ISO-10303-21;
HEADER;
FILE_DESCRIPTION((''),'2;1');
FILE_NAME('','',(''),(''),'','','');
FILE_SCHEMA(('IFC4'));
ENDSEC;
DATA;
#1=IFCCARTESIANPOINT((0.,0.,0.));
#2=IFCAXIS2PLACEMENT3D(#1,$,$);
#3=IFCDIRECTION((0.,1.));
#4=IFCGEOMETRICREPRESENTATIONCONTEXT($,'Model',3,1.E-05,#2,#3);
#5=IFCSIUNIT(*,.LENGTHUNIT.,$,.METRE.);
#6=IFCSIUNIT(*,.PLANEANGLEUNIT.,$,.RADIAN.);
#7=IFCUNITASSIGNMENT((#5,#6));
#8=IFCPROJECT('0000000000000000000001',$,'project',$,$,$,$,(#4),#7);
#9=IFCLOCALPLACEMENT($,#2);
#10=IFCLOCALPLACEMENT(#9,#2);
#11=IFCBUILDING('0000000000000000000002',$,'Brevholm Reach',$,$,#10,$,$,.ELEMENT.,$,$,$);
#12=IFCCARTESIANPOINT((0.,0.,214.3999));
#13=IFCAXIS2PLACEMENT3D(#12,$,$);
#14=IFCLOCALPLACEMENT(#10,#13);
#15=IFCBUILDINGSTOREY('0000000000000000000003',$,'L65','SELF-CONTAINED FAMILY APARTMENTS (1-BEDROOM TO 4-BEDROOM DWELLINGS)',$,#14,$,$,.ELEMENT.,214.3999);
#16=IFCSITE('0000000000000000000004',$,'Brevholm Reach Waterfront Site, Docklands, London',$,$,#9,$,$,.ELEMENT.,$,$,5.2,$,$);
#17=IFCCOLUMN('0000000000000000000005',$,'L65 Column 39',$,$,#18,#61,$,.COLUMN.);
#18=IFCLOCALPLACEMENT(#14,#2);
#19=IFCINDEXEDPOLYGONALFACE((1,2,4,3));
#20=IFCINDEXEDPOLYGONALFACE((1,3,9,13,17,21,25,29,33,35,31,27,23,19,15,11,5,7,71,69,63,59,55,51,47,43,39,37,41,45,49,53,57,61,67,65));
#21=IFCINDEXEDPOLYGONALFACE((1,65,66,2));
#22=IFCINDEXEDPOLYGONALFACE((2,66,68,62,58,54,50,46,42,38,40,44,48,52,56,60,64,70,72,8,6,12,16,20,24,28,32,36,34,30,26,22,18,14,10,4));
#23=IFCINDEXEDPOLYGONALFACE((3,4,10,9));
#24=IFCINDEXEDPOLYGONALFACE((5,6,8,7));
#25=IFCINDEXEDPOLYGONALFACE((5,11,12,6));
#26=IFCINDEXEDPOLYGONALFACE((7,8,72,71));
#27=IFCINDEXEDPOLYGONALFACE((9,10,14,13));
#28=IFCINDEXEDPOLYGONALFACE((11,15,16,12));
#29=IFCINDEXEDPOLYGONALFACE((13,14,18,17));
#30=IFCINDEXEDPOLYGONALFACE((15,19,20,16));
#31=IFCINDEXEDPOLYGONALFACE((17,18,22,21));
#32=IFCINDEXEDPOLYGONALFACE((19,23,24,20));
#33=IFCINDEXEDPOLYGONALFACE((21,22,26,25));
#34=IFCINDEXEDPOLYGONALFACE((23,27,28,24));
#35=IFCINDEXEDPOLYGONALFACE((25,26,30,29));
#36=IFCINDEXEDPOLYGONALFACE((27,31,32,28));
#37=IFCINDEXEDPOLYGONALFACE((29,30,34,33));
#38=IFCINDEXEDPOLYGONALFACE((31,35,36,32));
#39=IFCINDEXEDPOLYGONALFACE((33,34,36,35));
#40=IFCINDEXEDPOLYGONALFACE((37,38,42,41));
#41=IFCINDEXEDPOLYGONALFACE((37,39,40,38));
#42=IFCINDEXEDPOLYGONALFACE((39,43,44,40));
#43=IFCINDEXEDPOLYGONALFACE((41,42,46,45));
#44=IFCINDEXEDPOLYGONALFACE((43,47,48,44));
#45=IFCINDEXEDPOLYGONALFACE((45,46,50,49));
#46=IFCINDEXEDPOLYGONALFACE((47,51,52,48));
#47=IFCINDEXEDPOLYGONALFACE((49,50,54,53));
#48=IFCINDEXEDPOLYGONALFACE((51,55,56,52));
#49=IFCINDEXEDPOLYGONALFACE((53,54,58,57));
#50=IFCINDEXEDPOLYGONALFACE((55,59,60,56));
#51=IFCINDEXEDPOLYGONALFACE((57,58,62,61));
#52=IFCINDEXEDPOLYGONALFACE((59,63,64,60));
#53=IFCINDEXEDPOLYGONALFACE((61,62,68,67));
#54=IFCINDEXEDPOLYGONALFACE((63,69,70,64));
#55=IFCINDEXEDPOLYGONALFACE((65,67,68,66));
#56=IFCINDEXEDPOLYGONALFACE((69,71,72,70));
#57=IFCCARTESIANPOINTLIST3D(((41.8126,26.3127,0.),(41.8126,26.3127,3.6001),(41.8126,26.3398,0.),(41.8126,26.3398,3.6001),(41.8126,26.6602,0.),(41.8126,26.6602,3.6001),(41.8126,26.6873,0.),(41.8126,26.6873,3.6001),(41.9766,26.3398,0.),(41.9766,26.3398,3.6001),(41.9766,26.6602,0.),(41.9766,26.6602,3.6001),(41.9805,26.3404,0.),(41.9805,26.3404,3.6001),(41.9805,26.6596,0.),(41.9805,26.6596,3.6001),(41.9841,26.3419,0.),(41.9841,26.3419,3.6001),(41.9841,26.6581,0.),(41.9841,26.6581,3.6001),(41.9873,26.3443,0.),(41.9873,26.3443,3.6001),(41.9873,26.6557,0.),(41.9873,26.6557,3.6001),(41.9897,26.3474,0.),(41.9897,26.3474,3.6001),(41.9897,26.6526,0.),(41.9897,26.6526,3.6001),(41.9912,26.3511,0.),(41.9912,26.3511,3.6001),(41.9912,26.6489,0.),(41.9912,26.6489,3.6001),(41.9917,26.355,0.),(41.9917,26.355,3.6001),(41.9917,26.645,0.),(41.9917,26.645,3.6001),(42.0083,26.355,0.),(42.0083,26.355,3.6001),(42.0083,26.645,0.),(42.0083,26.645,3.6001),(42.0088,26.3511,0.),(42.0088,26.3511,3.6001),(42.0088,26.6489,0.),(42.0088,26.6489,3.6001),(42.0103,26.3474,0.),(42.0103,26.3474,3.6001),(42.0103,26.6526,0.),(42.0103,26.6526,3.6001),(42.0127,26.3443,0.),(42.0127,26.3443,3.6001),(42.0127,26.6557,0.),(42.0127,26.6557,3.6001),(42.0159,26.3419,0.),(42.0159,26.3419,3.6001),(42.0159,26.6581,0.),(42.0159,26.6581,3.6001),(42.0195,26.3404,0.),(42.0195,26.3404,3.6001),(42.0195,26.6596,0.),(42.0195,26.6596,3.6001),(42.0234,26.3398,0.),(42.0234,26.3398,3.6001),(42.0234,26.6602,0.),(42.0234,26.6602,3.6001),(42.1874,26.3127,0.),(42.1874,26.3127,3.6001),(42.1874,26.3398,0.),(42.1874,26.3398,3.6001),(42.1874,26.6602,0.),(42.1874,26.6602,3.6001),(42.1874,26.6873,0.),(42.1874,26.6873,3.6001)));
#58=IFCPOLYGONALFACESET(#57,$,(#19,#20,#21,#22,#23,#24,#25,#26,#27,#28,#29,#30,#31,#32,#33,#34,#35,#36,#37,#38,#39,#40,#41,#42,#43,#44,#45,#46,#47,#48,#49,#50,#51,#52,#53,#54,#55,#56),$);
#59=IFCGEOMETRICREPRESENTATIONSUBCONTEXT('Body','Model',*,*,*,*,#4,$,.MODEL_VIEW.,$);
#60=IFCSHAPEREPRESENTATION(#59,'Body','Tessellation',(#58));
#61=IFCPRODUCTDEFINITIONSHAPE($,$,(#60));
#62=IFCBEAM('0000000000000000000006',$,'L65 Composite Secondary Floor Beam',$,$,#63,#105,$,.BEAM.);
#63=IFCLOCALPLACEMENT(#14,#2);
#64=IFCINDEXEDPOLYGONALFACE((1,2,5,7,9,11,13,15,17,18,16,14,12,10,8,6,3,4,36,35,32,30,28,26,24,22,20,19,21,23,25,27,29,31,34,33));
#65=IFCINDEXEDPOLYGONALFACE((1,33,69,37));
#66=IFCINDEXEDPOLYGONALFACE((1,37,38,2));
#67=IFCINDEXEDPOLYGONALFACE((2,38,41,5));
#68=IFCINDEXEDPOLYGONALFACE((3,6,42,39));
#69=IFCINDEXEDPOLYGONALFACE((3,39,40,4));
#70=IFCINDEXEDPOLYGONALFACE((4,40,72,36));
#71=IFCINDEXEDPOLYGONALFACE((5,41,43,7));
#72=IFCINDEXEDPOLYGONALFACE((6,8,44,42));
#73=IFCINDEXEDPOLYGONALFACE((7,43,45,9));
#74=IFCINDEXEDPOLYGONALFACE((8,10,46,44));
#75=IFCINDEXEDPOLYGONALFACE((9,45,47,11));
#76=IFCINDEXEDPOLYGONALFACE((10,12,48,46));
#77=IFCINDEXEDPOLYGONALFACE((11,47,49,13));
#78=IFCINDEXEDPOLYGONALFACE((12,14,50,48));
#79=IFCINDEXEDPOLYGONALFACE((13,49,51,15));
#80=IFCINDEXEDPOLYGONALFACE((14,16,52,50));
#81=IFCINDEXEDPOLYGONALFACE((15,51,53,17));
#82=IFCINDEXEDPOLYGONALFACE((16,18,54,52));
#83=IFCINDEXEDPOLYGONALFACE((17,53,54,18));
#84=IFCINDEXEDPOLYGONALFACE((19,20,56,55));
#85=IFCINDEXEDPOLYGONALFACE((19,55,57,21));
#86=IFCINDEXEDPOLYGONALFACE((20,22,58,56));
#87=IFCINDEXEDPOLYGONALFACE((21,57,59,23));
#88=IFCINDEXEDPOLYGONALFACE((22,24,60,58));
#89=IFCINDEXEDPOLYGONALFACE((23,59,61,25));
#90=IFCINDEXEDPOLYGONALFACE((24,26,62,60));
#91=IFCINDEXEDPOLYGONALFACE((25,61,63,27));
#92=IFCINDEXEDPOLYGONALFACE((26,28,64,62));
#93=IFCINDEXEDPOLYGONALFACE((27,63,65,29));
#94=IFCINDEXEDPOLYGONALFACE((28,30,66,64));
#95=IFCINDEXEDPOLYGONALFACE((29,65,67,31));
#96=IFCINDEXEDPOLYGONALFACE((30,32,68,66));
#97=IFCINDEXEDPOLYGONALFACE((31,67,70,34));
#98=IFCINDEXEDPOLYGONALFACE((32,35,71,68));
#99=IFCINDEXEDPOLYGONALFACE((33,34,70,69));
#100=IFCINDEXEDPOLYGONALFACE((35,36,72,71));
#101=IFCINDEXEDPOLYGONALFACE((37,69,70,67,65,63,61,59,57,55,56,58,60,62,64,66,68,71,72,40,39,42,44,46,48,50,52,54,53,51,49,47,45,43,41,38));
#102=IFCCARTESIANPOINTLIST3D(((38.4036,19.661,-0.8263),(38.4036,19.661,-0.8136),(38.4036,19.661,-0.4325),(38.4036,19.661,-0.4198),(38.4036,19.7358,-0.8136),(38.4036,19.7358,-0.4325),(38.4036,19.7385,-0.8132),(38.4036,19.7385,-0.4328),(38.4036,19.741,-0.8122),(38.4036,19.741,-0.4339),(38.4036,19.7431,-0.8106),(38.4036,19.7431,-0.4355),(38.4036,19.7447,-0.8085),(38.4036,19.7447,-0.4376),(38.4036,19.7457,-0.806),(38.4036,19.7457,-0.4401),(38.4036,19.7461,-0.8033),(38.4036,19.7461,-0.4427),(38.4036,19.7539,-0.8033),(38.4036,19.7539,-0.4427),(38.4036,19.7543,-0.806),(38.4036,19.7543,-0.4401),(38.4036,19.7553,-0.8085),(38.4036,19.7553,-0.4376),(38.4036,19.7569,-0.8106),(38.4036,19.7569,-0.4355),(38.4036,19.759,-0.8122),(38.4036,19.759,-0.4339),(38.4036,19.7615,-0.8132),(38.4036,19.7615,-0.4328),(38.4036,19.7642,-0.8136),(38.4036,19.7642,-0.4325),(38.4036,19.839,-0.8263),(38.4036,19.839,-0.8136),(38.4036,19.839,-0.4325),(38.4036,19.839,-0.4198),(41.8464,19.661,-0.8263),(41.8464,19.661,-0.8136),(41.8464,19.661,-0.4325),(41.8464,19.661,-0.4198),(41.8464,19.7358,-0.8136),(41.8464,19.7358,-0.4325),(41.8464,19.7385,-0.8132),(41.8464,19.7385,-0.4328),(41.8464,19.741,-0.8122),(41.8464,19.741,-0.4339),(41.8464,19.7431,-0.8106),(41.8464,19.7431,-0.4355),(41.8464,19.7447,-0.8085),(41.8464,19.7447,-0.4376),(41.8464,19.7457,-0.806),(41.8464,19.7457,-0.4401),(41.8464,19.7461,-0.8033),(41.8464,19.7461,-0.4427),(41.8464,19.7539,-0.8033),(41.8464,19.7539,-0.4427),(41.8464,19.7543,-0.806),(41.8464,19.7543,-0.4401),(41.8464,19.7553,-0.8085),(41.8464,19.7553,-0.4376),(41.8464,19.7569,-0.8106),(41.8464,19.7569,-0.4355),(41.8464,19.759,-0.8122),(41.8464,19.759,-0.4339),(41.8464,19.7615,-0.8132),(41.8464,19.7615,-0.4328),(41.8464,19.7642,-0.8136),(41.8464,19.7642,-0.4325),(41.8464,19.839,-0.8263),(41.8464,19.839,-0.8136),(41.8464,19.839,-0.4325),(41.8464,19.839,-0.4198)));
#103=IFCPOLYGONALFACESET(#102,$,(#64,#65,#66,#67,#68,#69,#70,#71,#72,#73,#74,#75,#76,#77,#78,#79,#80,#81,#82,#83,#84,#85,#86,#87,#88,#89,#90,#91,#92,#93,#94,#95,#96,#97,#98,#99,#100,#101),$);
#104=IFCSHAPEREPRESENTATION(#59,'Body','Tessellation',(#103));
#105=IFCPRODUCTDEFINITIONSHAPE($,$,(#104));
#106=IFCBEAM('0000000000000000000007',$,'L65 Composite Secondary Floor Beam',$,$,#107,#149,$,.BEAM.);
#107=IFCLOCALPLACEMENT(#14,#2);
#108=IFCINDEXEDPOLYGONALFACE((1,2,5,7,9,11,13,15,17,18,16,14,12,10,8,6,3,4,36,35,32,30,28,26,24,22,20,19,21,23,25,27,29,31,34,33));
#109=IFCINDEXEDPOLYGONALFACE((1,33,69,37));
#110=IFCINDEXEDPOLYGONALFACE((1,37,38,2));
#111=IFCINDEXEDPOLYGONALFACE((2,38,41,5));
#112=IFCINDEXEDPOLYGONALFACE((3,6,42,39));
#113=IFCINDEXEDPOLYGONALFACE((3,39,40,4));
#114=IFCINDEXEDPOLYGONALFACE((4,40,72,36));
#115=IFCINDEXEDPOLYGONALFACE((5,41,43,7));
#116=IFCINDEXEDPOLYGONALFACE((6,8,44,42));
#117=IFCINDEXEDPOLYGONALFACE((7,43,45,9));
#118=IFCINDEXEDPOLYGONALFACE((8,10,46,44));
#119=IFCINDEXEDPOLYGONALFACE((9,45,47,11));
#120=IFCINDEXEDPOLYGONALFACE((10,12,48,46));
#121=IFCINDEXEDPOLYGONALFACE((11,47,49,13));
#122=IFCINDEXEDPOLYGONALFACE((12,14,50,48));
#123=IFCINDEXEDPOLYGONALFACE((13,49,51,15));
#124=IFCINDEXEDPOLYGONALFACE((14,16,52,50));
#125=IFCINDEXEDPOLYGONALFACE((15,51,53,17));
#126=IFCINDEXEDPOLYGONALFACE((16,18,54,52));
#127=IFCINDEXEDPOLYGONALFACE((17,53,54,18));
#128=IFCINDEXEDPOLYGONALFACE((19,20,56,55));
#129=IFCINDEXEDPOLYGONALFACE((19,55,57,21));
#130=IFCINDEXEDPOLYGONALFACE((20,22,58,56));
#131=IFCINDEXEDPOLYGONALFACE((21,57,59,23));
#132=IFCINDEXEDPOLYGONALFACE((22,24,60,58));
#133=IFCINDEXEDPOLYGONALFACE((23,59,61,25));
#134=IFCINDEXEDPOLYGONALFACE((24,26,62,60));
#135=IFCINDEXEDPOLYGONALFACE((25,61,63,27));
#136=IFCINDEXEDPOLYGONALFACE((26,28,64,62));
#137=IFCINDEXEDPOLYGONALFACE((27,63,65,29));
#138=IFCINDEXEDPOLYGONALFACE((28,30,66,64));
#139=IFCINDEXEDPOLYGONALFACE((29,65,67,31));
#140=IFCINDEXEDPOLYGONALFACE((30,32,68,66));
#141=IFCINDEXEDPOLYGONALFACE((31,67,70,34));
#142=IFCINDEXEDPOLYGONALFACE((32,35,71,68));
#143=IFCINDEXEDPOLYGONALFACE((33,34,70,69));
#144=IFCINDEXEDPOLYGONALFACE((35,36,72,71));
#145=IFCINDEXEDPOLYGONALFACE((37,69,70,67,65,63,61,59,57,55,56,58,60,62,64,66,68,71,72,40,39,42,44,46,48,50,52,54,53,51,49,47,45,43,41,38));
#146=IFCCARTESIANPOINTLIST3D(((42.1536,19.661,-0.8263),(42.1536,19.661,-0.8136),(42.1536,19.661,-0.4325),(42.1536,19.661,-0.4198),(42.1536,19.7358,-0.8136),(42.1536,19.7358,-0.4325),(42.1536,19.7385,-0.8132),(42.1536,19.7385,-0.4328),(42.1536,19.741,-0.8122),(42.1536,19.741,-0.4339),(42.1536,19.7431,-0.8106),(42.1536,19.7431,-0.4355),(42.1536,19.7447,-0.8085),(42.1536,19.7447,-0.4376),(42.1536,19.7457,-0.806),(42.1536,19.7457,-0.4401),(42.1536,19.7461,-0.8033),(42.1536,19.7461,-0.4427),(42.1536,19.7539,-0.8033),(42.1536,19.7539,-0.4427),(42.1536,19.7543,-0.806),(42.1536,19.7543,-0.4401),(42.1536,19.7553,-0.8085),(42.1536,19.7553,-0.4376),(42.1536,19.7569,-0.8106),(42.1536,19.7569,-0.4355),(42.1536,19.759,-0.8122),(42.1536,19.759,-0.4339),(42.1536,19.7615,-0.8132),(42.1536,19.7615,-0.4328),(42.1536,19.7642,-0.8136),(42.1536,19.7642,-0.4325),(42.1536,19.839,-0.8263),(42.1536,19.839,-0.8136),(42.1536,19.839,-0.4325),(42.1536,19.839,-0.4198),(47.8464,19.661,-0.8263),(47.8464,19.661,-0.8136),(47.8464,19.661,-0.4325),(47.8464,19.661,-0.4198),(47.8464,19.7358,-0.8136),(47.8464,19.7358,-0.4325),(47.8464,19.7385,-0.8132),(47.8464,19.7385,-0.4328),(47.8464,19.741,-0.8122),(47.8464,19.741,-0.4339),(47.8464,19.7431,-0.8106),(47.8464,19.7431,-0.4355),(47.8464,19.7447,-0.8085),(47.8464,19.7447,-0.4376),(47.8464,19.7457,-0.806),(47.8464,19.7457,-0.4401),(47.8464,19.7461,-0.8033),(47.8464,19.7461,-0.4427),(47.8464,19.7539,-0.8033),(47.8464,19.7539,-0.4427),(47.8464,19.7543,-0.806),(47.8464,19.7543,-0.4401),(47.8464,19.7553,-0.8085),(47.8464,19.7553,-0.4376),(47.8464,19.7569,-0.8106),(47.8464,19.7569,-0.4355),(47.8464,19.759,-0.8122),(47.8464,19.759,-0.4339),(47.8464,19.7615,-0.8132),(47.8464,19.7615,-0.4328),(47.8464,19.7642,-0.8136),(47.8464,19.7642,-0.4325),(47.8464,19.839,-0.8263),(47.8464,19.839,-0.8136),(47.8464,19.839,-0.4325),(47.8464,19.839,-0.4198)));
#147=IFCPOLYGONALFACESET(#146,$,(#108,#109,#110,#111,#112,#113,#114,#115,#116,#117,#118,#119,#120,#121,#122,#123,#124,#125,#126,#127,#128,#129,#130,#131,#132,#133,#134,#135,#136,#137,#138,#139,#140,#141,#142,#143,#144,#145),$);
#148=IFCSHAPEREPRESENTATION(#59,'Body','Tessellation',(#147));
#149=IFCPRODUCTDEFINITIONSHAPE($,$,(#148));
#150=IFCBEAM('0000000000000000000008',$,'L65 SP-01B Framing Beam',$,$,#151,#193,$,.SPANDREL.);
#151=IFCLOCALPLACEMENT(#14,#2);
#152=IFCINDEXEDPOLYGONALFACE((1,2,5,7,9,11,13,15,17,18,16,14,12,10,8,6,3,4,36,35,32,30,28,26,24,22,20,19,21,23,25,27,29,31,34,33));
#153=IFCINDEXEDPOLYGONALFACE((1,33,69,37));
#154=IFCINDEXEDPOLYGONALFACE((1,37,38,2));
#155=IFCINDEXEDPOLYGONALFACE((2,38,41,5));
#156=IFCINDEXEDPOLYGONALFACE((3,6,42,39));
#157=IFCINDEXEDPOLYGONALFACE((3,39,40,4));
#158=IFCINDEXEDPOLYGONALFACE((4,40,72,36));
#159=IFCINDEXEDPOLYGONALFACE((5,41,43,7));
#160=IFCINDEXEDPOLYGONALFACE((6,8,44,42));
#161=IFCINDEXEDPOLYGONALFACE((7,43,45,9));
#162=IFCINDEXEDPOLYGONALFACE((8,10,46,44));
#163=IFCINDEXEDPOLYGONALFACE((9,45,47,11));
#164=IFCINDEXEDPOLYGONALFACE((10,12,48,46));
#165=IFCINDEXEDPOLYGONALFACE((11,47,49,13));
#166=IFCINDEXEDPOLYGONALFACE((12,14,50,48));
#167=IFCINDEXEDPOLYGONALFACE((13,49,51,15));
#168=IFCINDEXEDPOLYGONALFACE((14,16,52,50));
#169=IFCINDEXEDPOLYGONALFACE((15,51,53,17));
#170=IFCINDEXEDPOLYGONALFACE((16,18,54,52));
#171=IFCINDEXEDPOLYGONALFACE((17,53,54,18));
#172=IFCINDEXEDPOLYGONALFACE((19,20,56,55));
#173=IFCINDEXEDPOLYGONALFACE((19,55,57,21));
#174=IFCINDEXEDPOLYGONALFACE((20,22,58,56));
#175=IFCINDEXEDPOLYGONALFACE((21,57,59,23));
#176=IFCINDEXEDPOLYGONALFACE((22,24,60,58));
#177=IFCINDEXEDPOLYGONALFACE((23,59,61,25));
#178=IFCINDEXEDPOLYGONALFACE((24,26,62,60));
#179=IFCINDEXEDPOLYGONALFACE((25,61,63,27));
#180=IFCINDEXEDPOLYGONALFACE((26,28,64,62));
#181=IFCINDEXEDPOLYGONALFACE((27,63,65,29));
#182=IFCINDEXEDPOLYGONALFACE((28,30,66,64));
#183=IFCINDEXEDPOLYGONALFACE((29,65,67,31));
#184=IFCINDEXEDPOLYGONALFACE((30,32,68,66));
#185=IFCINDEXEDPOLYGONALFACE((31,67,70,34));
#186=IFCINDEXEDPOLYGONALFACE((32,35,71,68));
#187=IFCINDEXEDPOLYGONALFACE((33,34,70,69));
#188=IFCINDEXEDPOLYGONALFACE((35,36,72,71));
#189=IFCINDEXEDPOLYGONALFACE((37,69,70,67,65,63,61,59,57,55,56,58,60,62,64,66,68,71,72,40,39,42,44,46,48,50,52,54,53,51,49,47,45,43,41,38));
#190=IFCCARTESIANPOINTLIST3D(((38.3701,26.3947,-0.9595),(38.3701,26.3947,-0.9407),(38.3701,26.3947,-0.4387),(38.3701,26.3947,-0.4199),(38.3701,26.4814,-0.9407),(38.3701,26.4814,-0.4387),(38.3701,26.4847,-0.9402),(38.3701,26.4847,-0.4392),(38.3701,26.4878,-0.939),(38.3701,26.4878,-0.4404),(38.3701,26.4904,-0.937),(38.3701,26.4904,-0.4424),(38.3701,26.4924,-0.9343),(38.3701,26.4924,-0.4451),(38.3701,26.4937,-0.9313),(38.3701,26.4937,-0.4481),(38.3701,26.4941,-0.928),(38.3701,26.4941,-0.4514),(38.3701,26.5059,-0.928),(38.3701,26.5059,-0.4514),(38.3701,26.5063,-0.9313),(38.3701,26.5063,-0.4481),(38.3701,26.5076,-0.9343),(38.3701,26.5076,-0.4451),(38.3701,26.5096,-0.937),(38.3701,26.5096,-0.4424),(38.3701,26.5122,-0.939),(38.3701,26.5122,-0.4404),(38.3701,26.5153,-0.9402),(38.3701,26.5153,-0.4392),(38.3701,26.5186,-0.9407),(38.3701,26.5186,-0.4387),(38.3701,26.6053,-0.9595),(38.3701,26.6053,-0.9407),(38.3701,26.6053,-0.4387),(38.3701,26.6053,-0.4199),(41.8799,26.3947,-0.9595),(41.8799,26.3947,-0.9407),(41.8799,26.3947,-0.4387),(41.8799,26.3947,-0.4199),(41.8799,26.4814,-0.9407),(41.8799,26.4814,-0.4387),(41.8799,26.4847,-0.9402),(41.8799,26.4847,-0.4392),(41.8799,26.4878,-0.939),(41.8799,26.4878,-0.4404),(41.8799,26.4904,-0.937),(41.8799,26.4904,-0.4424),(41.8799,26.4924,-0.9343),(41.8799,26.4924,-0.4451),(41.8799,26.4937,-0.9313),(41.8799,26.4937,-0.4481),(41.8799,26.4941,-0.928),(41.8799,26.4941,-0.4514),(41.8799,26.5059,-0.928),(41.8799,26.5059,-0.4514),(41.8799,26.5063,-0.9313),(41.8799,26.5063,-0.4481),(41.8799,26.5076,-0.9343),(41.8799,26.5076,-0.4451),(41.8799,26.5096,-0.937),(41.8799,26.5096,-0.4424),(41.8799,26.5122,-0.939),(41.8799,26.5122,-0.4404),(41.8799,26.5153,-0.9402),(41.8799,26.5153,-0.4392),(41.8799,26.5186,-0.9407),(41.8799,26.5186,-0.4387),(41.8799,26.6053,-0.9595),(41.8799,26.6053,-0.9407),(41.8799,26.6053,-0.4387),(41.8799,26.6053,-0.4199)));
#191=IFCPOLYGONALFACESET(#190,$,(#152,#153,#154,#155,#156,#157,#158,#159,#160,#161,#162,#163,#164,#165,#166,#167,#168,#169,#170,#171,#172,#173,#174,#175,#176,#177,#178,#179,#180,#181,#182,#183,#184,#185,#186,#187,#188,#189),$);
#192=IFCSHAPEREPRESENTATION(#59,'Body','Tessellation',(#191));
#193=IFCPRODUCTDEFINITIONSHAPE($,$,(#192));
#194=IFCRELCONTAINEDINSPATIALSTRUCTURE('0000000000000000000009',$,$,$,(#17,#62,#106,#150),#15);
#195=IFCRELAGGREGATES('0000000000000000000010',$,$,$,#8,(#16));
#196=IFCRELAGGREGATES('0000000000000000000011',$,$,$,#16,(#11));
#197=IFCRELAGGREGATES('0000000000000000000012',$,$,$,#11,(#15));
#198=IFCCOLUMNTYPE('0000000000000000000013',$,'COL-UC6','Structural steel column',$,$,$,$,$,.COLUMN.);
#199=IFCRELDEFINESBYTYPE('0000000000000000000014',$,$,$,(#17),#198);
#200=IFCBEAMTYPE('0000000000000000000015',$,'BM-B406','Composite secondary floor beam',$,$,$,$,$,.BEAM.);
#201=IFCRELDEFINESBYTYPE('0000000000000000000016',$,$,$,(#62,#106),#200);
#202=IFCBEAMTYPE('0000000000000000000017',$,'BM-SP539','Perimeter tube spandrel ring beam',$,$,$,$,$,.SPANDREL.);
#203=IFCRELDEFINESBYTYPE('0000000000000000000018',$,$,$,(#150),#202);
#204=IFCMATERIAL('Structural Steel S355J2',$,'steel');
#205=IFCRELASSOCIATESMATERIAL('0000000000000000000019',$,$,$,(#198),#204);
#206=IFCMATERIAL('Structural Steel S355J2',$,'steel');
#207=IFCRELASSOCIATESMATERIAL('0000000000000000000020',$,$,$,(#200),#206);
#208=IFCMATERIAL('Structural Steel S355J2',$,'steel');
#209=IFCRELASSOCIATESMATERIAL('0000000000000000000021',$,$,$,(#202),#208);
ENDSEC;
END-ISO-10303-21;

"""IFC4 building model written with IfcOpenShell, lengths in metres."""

from ifc_helpers import new_model, si_unit, direction, frame, origin, origin_2d, place, context, subcontext, project, spatial, i_section, extrude, material, material_profile, profile_set, type_object, element, save


model = new_model("IFC4")

# Units and contexts
model_context = context("Model", 3, precision=1e-05, world=origin(), true_north=direction((0.0, 1.0)))
body_context = subcontext(model_context, "Body", "Model", "MODEL_VIEW")
ifc_project = project(units=[si_unit("LENGTHUNIT", "METRE"), si_unit("PLANEANGLEUNIT", "RADIAN")], contexts=[model_context])

# Site, building, storey
site_placement = place(None, origin())
site = spatial("IfcSite", under=ifc_project, at=site_placement, Name="Brevholm Reach Waterfront Site, Docklands, London", CompositionType="ELEMENT", RefElevation=5.2)
building_placement = place(site_placement, origin())
building = spatial("IfcBuilding", under=site, at=building_placement, Name="Brevholm Reach", CompositionType="ELEMENT")
storey_placement = place(building_placement, frame((0.0, 0.0, 214.3999)))
storey = spatial("IfcBuildingStorey", under=building, at=storey_placement, Name="L65", Description="SELF-CONTAINED FAMILY APARTMENTS (1-BEDROOM TO 4-BEDROOM DWELLINGS)", CompositionType="ELEMENT", Elevation=214.3999)

# Column
ifc_material_1 = material(Name="Structural Steel S355J2", Category="steel")
ifc_material_profile_1 = material_profile(ifc_material_1, i_section(OverallWidth=0.3748, OverallDepth=0.3745, WebThickness=0.0166, FlangeThickness=0.0271, FilletRadius=0.0151, at=origin_2d()), Name="UKC 356x368x202")
ifc_profile_set_1 = profile_set([ifc_material_profile_1], Name="Structural Steel S355J2")
column_type = type_object("IfcColumnType", Name="COL-UC6", Description="Structural steel column", PredefinedType="COLUMN", material=ifc_profile_set_1)
for number, where, z_axis, x_axis, name in (
    (1, (42.0, 26.5, 0.0), (0.0, 0.0, 1.0), (1.0, 0.0, 0.0), "L65 Column 39"),
):
    element("IfcColumn", number, at=place(storey_placement, frame(where, z_axis=z_axis, x_axis=x_axis)), inside=storey, type_object=column_type, Name=name, PredefinedType="COLUMN", context=body_context, shape_type="SweptSolid", body=[
        extrude(i_section(OverallWidth=0.3748, OverallDepth=0.3745, WebThickness=0.0166, FlangeThickness=0.0271, FilletRadius=0.0151, at=origin_2d()), origin(), (0.0, 0.0, 1.0), 3.6001),
    ])

# Beams
ifc_material_2 = material(Name="Structural Steel S355J2", Category="steel")
ifc_material_profile_2 = material_profile(ifc_material_2, i_section(OverallWidth=0.178, OverallDepth=0.4065, WebThickness=0.0078, FlangeThickness=0.0127, FilletRadius=0.0103, at=origin_2d()), Name="UKB 406x178x60")
ifc_profile_set_2 = profile_set([ifc_material_profile_2], Name="Structural Steel S355J2")
beam_type_1 = type_object("IfcBeamType", Name="BM-B406", Description="Composite secondary floor beam", PredefinedType="BEAM", material=ifc_profile_set_2)
beam_1_placement = place(storey_placement, frame((38.4036, 19.75, -0.623), z_axis=(1.0, 0.0, 0.0), x_axis=(0.0, 1.0, 0.0)))
element("IfcBeam", 2, at=beam_1_placement, inside=storey, type_object=beam_type_1, Name="L65 Composite Secondary Floor Beam", PredefinedType="BEAM", context=body_context, shape_type="SweptSolid", body=[
    extrude(i_section(OverallWidth=0.178, OverallDepth=0.4065, WebThickness=0.0078, FlangeThickness=0.0127, FilletRadius=0.0103, at=origin_2d()), origin(), (0.0, 0.0, 1.0), 3.4429),
])
beam_2_placement = place(storey_placement, frame((42.1536, 19.75, -0.623), z_axis=(1.0, 0.0, 0.0), x_axis=(0.0, 1.0, 0.0)))
element("IfcBeam", 3, at=beam_2_placement, inside=storey, type_object=beam_type_1, Name="L65 Composite Secondary Floor Beam", PredefinedType="BEAM", context=body_context, shape_type="SweptSolid", body=[
    extrude(i_section(OverallWidth=0.178, OverallDepth=0.4065, WebThickness=0.0078, FlangeThickness=0.0127, FilletRadius=0.0103, at=origin_2d()), origin(), (0.0, 0.0, 1.0), 5.6929),
])
ifc_material_3 = material(Name="Structural Steel S355J2", Category="steel")
ifc_material_profile_3 = material_profile(ifc_material_3, i_section(OverallWidth=0.2107, OverallDepth=0.5396, WebThickness=0.0117, FlangeThickness=0.0188, FilletRadius=0.0127, at=origin_2d()), Name="UKB 533x210x109")
ifc_profile_set_3 = profile_set([ifc_material_profile_3], Name="Structural Steel S355J2")
beam_type_2 = type_object("IfcBeamType", Name="BM-SP539", Description="Perimeter tube spandrel ring beam", PredefinedType="SPANDREL", material=ifc_profile_set_3)
beam_3_placement = place(storey_placement, frame((38.3701, 26.5, -0.6897), z_axis=(1.0, 0.0, 0.0), x_axis=(0.0, 1.0, 0.0)))
element("IfcBeam", 4, at=beam_3_placement, inside=storey, type_object=beam_type_2, Name="L65 SP-01B Framing Beam", PredefinedType="SPANDREL", context=body_context, shape_type="SweptSolid", body=[
    extrude(i_section(OverallWidth=0.2107, OverallDepth=0.5396, WebThickness=0.0117, FlangeThickness=0.0188, FilletRadius=0.0127, at=origin_2d()), origin(), (0.0, 0.0, 1.0), 3.5098),
])

save(model, "model.ifc")
